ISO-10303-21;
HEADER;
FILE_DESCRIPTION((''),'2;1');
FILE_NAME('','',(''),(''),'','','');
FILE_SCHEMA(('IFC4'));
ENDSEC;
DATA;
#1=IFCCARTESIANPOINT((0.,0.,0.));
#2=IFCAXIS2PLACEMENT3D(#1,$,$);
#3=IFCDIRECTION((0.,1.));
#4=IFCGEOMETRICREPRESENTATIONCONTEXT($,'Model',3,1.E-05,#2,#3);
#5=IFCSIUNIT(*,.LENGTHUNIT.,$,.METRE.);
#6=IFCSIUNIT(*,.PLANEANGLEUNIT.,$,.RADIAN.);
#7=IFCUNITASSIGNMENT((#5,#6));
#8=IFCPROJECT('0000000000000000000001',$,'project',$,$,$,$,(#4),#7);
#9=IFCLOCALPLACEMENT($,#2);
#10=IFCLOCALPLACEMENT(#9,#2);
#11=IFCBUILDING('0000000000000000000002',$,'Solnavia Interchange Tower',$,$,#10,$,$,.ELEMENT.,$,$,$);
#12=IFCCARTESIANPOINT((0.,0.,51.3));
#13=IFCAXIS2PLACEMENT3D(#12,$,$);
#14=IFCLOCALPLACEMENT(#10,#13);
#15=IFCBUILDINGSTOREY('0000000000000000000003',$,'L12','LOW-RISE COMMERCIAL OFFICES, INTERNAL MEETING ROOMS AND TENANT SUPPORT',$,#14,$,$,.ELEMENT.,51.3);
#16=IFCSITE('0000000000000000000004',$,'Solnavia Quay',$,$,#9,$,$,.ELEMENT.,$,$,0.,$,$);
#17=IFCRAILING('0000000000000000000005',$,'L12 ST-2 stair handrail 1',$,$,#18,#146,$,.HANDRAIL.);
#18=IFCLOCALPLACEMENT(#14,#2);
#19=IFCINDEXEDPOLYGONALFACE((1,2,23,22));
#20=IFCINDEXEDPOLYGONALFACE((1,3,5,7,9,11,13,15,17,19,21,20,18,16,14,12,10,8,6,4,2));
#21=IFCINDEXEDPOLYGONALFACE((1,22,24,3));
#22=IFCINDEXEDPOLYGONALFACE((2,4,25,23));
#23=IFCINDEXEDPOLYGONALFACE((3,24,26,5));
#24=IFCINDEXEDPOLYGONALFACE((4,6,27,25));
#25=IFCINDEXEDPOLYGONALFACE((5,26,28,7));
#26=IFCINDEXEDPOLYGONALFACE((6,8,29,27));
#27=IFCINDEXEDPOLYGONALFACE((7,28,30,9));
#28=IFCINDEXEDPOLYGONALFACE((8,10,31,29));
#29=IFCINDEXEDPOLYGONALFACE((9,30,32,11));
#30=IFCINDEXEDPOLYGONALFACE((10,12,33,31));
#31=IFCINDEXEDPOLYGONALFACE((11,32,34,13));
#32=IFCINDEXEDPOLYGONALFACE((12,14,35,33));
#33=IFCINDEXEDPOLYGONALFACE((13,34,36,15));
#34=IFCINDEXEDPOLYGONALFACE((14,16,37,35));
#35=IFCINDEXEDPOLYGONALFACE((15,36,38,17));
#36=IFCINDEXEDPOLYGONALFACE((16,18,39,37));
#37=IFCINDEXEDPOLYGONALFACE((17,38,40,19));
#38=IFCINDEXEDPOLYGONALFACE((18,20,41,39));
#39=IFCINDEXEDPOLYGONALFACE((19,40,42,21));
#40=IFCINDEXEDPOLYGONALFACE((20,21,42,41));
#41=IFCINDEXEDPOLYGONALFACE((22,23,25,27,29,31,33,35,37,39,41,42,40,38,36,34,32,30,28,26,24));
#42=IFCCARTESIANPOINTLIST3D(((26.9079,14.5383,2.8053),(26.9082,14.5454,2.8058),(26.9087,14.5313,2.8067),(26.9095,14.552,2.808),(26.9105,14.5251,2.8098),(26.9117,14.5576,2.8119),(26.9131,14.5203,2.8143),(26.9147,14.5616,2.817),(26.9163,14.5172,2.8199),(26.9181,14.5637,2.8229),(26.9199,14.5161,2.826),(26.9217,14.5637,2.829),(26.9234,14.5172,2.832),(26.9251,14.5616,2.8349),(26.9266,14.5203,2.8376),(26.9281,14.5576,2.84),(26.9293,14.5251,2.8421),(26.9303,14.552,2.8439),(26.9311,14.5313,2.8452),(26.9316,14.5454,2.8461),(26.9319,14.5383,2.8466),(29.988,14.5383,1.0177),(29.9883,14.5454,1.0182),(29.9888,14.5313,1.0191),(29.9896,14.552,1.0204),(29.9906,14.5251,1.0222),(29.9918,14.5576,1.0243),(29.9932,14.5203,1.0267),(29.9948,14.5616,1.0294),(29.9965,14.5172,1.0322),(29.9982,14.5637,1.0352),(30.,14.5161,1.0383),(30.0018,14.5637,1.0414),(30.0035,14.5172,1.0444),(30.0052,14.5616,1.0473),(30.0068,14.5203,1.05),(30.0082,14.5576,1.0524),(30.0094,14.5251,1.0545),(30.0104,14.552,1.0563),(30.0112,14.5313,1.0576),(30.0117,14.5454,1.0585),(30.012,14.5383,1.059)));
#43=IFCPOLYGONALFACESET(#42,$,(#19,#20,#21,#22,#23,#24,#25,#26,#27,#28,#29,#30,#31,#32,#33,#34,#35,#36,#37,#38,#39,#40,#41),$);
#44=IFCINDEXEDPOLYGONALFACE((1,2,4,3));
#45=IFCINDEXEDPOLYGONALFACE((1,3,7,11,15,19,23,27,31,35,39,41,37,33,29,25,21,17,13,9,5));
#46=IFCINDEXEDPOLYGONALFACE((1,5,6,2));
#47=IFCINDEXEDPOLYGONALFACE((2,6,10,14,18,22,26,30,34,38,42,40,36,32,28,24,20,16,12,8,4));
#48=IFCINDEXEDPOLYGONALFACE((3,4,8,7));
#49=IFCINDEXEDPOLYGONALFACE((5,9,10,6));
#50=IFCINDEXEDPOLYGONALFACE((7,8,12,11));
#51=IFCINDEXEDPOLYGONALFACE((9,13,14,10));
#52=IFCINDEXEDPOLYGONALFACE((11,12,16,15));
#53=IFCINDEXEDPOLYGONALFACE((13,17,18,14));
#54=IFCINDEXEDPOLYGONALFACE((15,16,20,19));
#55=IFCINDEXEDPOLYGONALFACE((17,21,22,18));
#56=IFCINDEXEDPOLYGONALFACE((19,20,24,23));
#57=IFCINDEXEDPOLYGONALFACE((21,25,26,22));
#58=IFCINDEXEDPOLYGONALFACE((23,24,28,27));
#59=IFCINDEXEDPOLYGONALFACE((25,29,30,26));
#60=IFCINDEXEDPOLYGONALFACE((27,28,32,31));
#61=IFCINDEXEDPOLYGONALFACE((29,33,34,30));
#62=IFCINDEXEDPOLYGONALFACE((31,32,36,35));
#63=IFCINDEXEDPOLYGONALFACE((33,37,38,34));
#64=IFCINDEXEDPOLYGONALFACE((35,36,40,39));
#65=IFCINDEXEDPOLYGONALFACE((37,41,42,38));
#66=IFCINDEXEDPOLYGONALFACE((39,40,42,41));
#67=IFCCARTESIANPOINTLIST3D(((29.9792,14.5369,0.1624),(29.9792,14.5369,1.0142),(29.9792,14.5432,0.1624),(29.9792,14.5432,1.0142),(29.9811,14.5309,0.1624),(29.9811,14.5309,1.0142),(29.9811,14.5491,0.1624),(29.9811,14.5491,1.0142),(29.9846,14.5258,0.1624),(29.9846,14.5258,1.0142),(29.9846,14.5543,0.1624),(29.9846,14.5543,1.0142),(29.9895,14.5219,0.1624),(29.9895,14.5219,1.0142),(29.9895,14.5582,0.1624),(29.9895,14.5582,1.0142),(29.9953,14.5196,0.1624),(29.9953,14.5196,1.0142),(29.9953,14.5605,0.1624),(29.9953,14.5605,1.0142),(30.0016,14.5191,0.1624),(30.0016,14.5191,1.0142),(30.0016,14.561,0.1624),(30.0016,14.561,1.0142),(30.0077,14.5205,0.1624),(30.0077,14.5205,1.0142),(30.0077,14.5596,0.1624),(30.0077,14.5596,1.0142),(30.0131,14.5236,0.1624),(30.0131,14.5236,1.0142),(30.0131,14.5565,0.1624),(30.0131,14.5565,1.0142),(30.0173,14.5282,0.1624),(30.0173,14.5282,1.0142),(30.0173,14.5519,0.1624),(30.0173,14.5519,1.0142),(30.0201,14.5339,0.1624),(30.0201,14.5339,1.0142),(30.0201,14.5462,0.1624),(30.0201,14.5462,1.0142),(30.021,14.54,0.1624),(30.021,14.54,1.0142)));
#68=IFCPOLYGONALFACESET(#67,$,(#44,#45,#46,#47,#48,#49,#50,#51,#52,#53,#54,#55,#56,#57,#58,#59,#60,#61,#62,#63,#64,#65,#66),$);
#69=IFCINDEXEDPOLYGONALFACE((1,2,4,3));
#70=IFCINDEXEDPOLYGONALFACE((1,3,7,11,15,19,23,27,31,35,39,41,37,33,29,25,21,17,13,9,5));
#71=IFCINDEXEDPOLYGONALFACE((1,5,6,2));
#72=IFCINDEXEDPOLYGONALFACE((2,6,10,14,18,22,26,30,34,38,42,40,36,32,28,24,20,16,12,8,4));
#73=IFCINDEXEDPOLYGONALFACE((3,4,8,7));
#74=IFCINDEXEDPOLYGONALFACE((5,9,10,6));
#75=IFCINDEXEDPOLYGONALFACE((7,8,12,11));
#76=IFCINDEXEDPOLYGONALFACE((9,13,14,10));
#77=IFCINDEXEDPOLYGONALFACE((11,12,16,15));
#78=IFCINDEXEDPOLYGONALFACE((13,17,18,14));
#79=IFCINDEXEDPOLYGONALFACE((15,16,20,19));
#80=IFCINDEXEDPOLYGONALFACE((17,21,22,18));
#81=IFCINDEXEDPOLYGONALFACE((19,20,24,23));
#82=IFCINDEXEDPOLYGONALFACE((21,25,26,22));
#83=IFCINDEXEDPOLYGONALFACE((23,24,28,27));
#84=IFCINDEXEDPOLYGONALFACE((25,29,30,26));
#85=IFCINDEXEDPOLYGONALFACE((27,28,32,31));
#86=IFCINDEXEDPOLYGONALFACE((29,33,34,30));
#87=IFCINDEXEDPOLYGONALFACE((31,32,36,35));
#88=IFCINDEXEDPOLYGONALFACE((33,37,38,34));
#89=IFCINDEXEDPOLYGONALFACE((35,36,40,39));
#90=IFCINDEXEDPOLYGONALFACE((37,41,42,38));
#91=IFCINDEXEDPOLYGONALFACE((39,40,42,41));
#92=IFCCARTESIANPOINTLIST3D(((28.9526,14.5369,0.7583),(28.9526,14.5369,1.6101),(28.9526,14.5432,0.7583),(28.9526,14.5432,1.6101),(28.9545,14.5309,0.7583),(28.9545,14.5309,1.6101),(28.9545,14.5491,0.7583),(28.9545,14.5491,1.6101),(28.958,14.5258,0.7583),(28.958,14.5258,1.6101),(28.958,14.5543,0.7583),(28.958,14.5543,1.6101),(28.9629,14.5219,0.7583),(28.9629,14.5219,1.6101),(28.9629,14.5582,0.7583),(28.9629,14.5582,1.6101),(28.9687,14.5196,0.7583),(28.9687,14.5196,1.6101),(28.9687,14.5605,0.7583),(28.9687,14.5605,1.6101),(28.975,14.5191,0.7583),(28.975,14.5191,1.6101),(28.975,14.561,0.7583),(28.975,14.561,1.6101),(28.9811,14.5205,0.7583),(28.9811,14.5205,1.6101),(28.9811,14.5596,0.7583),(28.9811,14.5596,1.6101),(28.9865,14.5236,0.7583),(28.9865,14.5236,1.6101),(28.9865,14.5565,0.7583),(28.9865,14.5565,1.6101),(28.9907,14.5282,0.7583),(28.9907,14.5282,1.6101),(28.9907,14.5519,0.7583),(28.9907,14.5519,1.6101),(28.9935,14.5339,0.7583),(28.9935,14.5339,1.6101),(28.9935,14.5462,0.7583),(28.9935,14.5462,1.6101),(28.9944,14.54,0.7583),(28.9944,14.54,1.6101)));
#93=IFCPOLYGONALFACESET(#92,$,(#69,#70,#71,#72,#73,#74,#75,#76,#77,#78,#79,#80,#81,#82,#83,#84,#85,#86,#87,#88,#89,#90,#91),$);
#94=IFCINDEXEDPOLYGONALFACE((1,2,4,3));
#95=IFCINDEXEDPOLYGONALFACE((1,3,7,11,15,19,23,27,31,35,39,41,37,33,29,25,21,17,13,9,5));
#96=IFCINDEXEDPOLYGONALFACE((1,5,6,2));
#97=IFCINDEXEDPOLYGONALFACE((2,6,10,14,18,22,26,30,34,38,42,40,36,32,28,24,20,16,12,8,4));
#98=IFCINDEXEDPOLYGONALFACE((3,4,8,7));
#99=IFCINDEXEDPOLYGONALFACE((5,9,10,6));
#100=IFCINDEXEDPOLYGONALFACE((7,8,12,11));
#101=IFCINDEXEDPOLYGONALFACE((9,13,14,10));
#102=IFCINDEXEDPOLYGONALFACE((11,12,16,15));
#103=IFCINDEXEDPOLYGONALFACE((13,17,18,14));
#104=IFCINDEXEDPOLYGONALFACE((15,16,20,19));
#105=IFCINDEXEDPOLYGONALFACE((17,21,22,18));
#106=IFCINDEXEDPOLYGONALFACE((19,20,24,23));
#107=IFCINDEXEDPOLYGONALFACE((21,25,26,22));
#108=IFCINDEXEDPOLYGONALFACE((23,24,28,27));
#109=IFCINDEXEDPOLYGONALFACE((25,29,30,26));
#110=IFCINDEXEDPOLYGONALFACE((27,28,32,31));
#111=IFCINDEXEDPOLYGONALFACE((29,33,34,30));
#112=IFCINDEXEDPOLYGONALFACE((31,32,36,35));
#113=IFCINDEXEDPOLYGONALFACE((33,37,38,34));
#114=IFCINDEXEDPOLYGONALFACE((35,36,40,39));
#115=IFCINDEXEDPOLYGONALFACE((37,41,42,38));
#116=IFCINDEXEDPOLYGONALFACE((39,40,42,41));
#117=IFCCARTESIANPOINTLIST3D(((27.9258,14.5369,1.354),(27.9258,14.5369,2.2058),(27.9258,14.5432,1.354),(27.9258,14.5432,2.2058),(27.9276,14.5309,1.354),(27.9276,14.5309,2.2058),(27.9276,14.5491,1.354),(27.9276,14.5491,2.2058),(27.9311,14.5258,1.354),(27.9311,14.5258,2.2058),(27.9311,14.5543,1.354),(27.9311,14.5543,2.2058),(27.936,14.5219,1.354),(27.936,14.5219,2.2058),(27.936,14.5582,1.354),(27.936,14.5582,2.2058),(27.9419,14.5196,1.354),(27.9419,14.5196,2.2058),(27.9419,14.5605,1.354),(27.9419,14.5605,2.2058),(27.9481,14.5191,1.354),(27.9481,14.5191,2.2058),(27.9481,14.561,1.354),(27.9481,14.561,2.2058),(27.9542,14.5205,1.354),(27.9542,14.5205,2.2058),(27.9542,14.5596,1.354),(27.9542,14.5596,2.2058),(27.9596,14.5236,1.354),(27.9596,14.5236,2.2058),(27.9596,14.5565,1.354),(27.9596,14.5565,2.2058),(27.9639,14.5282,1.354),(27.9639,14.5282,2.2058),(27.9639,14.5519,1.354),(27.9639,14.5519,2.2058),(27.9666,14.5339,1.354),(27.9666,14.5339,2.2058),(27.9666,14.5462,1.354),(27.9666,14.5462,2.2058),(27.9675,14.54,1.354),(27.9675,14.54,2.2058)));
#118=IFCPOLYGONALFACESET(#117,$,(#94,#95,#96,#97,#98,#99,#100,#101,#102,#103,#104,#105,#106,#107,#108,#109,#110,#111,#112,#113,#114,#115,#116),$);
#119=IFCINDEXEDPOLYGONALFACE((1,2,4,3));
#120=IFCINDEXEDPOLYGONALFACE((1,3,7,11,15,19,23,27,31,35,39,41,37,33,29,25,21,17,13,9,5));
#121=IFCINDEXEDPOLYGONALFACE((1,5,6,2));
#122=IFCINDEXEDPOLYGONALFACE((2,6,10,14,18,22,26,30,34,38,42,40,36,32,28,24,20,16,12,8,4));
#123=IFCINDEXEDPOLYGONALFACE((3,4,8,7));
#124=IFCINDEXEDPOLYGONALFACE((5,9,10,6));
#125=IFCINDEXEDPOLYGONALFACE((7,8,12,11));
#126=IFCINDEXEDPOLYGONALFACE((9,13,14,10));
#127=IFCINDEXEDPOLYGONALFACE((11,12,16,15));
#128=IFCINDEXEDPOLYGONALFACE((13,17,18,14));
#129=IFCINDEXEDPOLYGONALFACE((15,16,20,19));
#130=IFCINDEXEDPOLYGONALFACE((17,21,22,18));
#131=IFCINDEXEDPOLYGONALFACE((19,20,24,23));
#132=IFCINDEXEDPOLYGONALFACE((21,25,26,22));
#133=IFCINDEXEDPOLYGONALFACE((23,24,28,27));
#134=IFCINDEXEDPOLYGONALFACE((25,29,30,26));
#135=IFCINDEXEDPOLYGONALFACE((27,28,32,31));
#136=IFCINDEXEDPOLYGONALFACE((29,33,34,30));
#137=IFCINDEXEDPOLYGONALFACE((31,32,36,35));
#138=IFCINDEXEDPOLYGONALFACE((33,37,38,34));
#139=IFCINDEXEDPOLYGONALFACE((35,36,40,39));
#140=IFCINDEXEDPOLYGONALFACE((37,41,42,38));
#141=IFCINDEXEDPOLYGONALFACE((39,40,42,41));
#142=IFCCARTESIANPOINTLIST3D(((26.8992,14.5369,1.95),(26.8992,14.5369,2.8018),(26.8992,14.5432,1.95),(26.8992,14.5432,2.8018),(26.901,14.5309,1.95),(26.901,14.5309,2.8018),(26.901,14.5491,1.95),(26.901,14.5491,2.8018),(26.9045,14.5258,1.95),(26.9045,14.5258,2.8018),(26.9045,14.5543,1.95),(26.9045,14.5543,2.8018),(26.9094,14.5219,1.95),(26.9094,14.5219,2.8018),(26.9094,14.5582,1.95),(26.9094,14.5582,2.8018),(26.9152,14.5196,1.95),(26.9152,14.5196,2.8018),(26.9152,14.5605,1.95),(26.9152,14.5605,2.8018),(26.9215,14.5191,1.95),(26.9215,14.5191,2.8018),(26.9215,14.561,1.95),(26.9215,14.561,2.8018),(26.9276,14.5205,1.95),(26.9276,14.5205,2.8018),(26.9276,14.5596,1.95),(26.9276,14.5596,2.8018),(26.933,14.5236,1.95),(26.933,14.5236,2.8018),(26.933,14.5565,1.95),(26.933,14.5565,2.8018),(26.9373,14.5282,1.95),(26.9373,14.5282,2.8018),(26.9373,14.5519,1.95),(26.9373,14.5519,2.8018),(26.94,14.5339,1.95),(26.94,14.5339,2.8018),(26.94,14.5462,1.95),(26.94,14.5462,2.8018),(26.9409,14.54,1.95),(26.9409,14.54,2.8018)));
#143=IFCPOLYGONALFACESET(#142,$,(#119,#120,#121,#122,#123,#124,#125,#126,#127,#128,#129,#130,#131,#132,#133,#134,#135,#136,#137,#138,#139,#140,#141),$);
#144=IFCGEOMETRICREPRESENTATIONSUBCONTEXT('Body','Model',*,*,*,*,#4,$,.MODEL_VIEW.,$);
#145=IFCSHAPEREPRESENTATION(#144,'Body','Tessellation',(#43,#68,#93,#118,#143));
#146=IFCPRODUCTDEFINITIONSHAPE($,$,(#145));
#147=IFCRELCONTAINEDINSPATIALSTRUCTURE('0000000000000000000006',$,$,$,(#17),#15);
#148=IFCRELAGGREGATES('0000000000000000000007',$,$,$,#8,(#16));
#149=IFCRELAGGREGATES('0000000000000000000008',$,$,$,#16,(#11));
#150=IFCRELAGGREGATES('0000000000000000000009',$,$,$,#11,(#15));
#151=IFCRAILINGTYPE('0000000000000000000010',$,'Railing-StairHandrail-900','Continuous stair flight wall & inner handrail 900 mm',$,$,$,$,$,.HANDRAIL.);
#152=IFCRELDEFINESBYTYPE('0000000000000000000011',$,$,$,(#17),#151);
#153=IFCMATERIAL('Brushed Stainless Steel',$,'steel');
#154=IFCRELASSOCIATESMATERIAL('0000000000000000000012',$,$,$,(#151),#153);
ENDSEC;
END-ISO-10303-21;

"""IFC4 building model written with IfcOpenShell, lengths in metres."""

from ifc_helpers import new_model, si_unit, direction, frame, origin, origin_2d, place, context, subcontext, project, spatial, circle, extrude, material, type_object, element, save


model = new_model("IFC4")

# Units and contexts
model_context = context("Model", 3, precision=1e-05, world=origin(), true_north=direction((0.0, 1.0)))
body_context = subcontext(model_context, "Body", "Model", "MODEL_VIEW")
ifc_project = project(units=[si_unit("LENGTHUNIT", "METRE"), si_unit("PLANEANGLEUNIT", "RADIAN")], contexts=[model_context])

# Site, building, storey
site_placement = place(None, origin())
site = spatial("IfcSite", under=ifc_project, at=site_placement, Name="Solnavia Quay", CompositionType="ELEMENT", RefElevation=0.0)
building_placement = place(site_placement, origin())
building = spatial("IfcBuilding", under=site, at=building_placement, Name="Solnavia Interchange Tower", CompositionType="ELEMENT")
storey_placement = place(building_placement, frame((0.0, 0.0, 51.3)))
storey = spatial("IfcBuildingStorey", under=building, at=storey_placement, Name="L12", Description="LOW-RISE COMMERCIAL OFFICES, INTERNAL MEETING ROOMS AND TENANT SUPPORT", CompositionType="ELEMENT", Elevation=51.3)

# Railing
ifc_material_1 = material(Name="Brushed Stainless Steel", Category="steel")
railing_type_1 = type_object("IfcRailingType", Name="Railing-StairHandrail-900", Description="Continuous stair flight wall & inner handrail 900 mm", PredefinedType="HANDRAIL", material=ifc_material_1)
railing_1_placement = place(storey_placement, frame((30.0, 14.54, 0.1624)))
element("IfcRailing", 1, at=railing_1_placement, inside=storey, type_object=railing_type_1, Name="L12 ST-2 stair handrail 1", PredefinedType="HANDRAIL", context=body_context, shape_type="SweptSolid", body=[
    extrude(circle(Radius=0.0239, at=origin_2d()), frame((0.0, 0.0, 0.876), z_axis=(-0.864891, 0.0, 0.50196), x_axis=(0.0, -1.0, 0.0)), (0.0, 0.0, 1.0), 3.5613),
    extrude(circle(Radius=0.021, at=origin_2d()), origin(), (0.0, 0.0, 1.0), 0.8518),
    extrude(circle(Radius=0.021, at=origin_2d()), frame((-1.0266, 0.0, 0.5959)), (0.0, 0.0, 1.0), 0.8518),
    extrude(circle(Radius=0.021, at=origin_2d()), frame((-2.0535, 0.0, 1.1917)), (0.0, 0.0, 1.0), 0.8518),
    extrude(circle(Radius=0.021, at=origin_2d()), frame((-3.0801, 0.0, 1.7876)), (0.0, 0.0, 1.0), 0.8518),
])

save(model, "model.ifc")
